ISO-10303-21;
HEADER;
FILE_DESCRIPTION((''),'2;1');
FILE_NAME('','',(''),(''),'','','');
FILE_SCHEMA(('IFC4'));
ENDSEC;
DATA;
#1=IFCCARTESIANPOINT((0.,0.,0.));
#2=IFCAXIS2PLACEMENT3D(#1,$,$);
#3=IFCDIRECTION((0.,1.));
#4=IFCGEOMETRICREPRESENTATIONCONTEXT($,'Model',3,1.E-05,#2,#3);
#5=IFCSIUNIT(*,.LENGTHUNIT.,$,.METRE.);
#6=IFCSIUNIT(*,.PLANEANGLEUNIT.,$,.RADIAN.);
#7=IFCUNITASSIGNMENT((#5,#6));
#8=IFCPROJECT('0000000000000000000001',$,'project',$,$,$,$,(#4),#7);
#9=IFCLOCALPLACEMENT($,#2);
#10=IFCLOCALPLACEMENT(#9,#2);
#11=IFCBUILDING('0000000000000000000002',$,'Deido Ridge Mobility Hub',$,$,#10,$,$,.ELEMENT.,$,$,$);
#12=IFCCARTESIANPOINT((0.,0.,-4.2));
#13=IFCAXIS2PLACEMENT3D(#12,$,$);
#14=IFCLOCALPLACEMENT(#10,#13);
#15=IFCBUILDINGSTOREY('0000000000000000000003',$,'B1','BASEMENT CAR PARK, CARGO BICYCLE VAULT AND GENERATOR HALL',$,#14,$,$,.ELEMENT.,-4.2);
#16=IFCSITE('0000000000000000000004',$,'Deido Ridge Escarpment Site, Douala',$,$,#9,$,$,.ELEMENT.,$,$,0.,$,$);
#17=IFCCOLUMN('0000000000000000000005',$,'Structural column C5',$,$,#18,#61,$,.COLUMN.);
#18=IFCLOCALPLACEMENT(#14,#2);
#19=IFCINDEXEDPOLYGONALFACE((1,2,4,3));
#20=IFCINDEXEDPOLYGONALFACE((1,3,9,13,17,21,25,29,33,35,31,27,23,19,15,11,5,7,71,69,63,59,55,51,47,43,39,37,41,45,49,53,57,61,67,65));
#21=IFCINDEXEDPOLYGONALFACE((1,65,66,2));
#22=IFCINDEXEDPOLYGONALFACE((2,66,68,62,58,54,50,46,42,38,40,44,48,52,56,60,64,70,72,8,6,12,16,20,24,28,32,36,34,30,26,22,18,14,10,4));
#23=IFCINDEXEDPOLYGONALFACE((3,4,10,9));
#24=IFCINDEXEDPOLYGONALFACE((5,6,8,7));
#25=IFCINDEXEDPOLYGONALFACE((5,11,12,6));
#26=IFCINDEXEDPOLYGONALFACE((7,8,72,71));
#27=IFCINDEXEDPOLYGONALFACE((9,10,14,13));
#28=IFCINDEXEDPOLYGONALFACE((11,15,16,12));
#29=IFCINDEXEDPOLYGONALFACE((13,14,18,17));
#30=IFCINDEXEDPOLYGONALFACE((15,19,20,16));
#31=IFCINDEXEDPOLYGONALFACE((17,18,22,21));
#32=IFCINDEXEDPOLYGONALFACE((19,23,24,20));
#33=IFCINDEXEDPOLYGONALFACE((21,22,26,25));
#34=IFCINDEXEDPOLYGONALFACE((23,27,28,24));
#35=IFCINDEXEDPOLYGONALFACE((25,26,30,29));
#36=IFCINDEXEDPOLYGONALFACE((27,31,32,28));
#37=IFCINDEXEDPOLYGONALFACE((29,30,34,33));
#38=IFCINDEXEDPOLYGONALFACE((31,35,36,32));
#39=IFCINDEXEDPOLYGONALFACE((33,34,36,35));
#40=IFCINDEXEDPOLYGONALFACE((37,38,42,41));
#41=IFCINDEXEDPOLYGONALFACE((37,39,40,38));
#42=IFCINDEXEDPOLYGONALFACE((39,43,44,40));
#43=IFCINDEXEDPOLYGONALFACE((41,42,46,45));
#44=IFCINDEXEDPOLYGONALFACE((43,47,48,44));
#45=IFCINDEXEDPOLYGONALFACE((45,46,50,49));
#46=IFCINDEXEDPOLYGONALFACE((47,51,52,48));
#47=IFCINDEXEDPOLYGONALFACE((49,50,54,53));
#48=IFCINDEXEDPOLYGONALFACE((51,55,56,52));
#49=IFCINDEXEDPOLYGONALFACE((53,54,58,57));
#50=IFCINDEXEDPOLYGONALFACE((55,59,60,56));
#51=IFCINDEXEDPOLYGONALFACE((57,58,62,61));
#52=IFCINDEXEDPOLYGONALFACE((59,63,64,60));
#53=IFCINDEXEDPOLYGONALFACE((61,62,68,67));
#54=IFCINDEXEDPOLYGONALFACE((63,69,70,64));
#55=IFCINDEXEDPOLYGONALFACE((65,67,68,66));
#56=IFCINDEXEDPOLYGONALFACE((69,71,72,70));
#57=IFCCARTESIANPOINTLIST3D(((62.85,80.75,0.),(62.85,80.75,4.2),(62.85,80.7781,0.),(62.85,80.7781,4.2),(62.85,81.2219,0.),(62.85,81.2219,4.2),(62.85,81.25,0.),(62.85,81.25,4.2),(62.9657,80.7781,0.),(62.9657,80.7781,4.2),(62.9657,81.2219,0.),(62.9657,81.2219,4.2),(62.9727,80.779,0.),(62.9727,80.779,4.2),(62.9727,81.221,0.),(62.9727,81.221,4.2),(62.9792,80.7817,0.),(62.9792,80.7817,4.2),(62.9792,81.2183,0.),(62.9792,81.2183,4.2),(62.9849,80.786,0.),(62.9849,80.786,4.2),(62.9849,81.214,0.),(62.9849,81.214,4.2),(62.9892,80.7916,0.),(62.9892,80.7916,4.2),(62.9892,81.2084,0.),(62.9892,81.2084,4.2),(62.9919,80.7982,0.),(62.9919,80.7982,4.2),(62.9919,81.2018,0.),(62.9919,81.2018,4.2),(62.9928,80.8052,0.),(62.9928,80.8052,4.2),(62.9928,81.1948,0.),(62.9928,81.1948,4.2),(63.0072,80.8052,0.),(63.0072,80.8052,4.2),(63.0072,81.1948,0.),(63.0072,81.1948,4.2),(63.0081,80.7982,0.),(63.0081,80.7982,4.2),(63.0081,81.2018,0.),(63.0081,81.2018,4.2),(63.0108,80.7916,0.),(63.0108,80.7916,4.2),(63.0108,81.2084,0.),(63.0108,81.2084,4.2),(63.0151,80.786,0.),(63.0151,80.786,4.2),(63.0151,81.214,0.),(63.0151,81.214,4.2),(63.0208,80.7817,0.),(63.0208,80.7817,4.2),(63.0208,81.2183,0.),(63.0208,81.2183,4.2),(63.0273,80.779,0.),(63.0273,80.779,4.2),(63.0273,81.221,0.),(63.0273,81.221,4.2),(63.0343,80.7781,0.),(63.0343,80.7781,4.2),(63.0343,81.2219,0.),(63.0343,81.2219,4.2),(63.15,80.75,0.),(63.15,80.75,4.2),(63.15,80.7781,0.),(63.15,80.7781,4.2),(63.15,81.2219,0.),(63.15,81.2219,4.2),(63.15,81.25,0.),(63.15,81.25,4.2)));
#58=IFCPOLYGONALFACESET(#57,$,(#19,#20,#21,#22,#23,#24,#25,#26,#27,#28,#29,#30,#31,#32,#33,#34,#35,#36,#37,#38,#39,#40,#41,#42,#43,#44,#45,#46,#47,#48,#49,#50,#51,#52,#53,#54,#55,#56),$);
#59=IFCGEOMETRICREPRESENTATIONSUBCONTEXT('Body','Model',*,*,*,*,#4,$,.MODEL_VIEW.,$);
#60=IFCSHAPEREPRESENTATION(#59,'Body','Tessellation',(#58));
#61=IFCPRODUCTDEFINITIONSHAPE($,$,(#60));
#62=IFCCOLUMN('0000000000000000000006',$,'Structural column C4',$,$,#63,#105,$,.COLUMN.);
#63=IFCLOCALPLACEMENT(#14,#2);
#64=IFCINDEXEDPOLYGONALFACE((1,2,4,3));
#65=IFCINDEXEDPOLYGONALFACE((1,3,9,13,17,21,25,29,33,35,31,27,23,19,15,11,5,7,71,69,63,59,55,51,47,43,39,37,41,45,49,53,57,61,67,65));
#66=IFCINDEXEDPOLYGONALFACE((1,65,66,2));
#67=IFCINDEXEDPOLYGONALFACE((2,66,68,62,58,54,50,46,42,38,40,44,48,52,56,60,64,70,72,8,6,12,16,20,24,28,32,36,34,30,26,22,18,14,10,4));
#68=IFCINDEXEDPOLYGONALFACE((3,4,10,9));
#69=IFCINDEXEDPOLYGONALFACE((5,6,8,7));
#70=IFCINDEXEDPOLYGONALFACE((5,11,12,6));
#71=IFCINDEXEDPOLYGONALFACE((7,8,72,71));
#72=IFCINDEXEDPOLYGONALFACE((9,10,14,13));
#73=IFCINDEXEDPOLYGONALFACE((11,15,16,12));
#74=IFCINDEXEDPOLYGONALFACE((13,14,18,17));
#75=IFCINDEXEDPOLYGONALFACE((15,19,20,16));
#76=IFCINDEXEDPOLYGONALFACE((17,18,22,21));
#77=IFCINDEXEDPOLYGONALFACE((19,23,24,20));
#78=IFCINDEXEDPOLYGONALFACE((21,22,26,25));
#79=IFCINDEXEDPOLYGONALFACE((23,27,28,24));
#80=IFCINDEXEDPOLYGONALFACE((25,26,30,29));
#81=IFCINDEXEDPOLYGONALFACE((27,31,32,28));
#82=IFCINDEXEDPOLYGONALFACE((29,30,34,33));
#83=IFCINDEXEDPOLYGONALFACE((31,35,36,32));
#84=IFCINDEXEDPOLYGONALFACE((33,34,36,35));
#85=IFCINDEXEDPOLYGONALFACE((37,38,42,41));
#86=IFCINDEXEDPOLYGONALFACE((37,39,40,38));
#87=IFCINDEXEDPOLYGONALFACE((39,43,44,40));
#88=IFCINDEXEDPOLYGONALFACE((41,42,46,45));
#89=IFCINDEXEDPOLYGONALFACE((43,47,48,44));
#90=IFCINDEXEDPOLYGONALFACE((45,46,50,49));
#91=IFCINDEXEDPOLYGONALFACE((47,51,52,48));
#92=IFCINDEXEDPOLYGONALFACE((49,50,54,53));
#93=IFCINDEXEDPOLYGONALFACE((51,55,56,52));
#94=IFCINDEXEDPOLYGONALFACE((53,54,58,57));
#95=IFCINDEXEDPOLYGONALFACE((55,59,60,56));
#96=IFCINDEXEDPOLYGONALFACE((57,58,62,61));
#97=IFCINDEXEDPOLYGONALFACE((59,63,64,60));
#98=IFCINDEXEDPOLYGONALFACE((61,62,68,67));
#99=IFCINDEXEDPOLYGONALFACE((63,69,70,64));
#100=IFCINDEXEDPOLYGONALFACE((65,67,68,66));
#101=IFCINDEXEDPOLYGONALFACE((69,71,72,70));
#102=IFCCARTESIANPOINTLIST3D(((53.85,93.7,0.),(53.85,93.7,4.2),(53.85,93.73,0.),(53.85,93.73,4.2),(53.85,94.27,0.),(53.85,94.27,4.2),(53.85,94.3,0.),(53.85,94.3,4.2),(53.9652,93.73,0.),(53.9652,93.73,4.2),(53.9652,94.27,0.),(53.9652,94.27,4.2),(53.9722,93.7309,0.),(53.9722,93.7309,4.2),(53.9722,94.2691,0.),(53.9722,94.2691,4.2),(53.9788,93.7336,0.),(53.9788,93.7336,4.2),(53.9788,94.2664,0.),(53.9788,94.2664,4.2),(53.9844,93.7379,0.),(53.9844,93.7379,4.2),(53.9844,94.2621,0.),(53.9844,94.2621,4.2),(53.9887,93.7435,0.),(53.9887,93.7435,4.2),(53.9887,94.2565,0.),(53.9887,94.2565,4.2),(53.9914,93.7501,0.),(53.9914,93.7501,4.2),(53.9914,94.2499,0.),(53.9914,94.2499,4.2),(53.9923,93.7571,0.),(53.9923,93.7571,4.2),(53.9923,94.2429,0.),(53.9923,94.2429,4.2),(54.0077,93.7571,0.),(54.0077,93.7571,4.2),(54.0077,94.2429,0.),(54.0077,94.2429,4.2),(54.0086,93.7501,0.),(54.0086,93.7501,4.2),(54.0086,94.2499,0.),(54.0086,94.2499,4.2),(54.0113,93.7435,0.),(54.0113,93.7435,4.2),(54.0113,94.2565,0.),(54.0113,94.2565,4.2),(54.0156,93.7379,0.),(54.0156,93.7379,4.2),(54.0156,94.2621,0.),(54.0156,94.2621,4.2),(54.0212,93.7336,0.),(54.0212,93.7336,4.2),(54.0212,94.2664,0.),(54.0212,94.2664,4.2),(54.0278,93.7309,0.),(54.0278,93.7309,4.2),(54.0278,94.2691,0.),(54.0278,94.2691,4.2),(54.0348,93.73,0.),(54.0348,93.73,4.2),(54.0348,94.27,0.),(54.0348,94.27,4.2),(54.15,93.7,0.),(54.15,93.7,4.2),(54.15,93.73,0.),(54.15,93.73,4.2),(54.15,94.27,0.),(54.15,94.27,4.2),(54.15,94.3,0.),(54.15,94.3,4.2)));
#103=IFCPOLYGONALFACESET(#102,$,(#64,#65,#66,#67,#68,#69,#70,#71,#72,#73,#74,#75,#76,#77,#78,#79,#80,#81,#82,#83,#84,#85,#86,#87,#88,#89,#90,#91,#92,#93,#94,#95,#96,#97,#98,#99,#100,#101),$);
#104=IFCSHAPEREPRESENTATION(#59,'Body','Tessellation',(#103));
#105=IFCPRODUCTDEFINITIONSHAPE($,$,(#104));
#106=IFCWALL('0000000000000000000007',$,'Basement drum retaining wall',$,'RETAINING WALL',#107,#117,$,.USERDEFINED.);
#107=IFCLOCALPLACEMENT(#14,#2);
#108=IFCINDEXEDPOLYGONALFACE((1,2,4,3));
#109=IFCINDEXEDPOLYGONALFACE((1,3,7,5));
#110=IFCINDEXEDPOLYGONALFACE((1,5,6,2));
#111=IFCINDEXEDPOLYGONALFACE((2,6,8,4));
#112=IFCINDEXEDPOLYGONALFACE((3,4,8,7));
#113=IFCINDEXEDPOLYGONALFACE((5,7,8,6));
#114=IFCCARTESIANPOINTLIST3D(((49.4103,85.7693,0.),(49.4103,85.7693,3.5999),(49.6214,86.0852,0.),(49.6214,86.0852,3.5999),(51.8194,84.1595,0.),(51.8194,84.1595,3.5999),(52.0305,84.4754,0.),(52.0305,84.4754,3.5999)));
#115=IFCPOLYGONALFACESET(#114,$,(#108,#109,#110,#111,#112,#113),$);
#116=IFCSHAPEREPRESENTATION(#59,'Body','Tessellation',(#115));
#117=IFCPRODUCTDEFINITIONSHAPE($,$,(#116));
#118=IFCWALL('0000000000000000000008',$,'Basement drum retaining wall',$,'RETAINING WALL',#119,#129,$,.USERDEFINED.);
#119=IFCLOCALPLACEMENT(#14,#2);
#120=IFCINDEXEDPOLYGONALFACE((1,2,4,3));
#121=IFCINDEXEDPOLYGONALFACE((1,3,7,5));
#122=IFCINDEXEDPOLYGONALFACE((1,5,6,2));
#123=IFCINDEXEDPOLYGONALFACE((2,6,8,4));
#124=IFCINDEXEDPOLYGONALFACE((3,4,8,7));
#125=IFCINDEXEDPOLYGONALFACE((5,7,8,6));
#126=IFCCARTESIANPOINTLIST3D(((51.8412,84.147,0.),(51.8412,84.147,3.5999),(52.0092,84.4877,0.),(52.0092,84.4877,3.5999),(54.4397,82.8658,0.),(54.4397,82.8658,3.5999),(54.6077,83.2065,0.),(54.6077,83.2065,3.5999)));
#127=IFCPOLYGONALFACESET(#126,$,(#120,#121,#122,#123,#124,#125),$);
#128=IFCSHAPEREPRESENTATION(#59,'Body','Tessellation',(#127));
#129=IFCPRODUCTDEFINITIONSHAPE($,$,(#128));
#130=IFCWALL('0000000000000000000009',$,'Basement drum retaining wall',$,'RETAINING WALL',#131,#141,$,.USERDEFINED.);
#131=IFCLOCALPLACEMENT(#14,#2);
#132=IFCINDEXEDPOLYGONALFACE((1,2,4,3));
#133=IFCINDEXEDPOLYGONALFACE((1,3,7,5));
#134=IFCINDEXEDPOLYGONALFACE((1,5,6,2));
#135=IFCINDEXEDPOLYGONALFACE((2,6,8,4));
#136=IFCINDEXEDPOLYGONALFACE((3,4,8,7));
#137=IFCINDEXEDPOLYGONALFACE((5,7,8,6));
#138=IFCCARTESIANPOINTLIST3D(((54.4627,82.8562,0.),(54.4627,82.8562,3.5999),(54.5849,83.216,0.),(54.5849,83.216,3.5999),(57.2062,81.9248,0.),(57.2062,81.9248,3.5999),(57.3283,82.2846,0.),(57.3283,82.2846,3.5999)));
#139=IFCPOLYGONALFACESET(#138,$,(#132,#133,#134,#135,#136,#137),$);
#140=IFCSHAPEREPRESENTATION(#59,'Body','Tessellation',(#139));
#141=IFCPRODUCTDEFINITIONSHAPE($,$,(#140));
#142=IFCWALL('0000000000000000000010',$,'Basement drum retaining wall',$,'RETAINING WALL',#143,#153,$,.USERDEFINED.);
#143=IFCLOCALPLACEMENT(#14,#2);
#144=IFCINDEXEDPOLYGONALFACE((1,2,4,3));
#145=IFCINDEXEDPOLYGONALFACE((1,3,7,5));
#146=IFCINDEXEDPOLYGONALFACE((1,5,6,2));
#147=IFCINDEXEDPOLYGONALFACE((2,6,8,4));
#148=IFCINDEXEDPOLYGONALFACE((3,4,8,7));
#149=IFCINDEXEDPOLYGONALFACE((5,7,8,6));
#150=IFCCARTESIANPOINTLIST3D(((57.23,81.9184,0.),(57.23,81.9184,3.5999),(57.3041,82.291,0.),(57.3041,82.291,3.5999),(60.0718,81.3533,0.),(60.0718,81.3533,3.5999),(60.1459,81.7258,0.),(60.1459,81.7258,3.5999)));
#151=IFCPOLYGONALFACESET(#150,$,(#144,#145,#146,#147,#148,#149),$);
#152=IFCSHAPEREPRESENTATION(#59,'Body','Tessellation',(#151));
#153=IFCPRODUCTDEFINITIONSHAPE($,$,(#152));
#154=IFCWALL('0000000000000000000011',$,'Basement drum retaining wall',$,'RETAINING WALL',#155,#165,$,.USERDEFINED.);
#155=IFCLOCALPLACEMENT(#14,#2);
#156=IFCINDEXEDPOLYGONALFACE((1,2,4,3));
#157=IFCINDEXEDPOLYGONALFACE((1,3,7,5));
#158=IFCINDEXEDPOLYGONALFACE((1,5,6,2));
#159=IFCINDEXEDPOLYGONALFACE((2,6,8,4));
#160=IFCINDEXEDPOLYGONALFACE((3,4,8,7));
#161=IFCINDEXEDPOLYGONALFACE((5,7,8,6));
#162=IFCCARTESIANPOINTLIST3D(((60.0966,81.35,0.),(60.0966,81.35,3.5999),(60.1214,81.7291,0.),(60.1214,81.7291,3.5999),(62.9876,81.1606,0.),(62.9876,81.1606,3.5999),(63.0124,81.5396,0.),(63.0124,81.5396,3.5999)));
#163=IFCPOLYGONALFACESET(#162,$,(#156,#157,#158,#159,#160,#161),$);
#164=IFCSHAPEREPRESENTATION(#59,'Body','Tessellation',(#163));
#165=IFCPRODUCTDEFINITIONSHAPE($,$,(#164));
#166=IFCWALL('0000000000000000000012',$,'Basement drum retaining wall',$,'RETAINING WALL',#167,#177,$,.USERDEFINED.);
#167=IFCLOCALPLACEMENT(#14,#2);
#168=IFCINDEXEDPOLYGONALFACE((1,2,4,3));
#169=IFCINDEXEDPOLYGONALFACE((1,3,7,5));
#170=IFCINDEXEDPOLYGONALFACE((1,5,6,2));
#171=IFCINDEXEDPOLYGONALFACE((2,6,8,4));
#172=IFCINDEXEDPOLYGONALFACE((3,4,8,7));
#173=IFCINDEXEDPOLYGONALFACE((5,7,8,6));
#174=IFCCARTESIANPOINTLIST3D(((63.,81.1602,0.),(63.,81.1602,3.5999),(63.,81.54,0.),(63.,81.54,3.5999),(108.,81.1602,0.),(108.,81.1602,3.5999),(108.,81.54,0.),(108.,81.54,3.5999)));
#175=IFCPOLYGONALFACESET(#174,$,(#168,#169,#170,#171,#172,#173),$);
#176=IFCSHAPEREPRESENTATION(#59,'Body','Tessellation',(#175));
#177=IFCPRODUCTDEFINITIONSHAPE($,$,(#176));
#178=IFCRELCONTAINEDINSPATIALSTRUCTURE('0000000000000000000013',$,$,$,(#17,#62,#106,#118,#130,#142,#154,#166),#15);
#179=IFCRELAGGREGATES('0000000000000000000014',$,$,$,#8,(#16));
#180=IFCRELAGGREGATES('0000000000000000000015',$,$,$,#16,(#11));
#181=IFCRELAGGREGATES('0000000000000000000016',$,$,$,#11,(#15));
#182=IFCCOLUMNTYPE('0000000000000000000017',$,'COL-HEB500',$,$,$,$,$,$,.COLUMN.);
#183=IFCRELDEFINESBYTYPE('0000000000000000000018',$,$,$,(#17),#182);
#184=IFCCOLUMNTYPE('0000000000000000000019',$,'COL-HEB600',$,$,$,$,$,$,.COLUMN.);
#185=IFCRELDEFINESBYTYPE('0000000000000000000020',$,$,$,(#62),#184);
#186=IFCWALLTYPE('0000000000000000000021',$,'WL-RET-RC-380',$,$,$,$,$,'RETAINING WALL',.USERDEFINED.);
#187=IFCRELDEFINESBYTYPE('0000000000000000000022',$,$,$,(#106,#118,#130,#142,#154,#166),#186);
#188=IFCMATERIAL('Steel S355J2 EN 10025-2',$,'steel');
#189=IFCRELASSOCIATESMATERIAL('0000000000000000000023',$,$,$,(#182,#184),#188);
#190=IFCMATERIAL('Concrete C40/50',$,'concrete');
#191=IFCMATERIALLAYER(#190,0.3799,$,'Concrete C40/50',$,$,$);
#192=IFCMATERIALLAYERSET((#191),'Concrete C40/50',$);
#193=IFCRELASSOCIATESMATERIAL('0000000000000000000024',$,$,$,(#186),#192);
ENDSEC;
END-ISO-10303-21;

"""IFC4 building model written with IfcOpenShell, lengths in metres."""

from ifc_helpers import new_model, si_unit, direction, frame, frame_2d, origin, origin_2d, place, context, subcontext, project, spatial, rectangle, i_section, extrude, material, layer, layer_set, material_profile, profile_set, type_object, element, save


model = new_model("IFC4")

# Units and contexts
model_context = context("Model", 3, precision=1e-05, world=origin(), true_north=direction((0.0, 1.0)))
body_context = subcontext(model_context, "Body", "Model", "MODEL_VIEW")
ifc_project = project(units=[si_unit("LENGTHUNIT", "METRE"), si_unit("PLANEANGLEUNIT", "RADIAN")], contexts=[model_context])

# Site, building, storey
site_placement = place(None, origin())
site = spatial("IfcSite", under=ifc_project, at=site_placement, Name="Deido Ridge Escarpment Site, Douala", CompositionType="ELEMENT", RefElevation=0.0)
building_placement = place(site_placement, origin())
building = spatial("IfcBuilding", under=site, at=building_placement, Name="Deido Ridge Mobility Hub", CompositionType="ELEMENT")
storey_placement = place(building_placement, frame((0.0, 0.0, -4.2)))
storey = spatial("IfcBuildingStorey", under=building, at=storey_placement, Name="B1", Description="BASEMENT CAR PARK, CARGO BICYCLE VAULT AND GENERATOR HALL", CompositionType="ELEMENT", Elevation=-4.2)

# Shared definitions
ifc_material_1 = material(Name="Concrete C40/50", Category="concrete")

# Columns
ifc_material_2 = material(Name="Steel S355J2 EN 10025-2", Category="steel")
ifc_material_profile_1 = material_profile(ifc_material_2, i_section(OverallWidth=0.3, OverallDepth=0.5, WebThickness=0.0144, FlangeThickness=0.0281, FilletRadius=0.0271, at=origin_2d()), Name="HEB 500")
ifc_profile_set_1 = profile_set([ifc_material_profile_1], Name="Steel S355J2 EN 10025-2")
column_type_1 = type_object("IfcColumnType", Name="COL-HEB500", PredefinedType="COLUMN", material=ifc_profile_set_1)
for number, where, z_axis, x_axis, name in (
    (1, (63.0, 81.0, 0.0), (0.0, 0.0, 1.0), (1.0, 0.0, 0.0), "Structural column C5"),
):
    element("IfcColumn", number, at=place(storey_placement, frame(where, z_axis=z_axis, x_axis=x_axis)), inside=storey, type_object=column_type_1, Name=name, PredefinedType="COLUMN", context=body_context, shape_type="SweptSolid", body=[
        extrude(i_section(OverallWidth=0.3, OverallDepth=0.5, WebThickness=0.0144, FlangeThickness=0.0281, FilletRadius=0.0271, at=origin_2d()), origin(), (0.0, 0.0, 1.0), 4.2),
    ])
ifc_material_profile_2 = material_profile(ifc_material_2, i_section(OverallWidth=0.3, OverallDepth=0.6001, WebThickness=0.0154, FlangeThickness=0.03, FilletRadius=0.0271, at=origin_2d()), Name="HEB 600")
ifc_profile_set_2 = profile_set([ifc_material_profile_2], Name="Steel S355J2 EN 10025-2")
column_type_2 = type_object("IfcColumnType", Name="COL-HEB600", PredefinedType="COLUMN", material=ifc_profile_set_2)
column_placement = place(storey_placement, frame((54.0, 94.0, 0.0), z_axis=(0.0, 0.0, 1.0), x_axis=(1.0, 0.0, 0.0)))
element("IfcColumn", 2, at=column_placement, inside=storey, type_object=column_type_2, Name="Structural column C4", PredefinedType="COLUMN", context=body_context, shape_type="SweptSolid", body=[
    extrude(i_section(OverallWidth=0.3, OverallDepth=0.6001, WebThickness=0.0154, FlangeThickness=0.03, FilletRadius=0.0271, at=origin_2d()), origin(), (0.0, 0.0, 1.0), 4.2),
])

# Walls
ifc_layer = layer(ifc_material_1, 0.3799, Name="Concrete C40/50")
ifc_layer_set = layer_set([ifc_layer], Name="Concrete C40/50")
wall_type = type_object("IfcWallType", Name="WL-RET-RC-380", ElementType="RETAINING WALL", PredefinedType="USERDEFINED", material=ifc_layer_set)
wall_1_placement = place(storey_placement, frame((49.5159, 85.9272, 0.0), z_axis=(0.0, 0.0, 1.0), x_axis=(0.831454, -0.555594, 0.0)))
element("IfcWall", 3, at=wall_1_placement, inside=storey, type_object=wall_type, Name="Basement drum retaining wall", ObjectType="RETAINING WALL", PredefinedType="USERDEFINED", context=body_context, shape_type="SweptSolid", body=[
    extrude(rectangle(XDim=2.8975, YDim=0.3799, at=frame_2d((1.4487, 0.0))), origin(), (0.0, 0.0, 1.0), 3.5999),
])
for number, where, z_axis, x_axis, name in (
    (4, (51.925, 84.3174, 0.0), (0.0, 0.0, 1.0), (0.896907, -0.442218, 0.0), "Basement drum retaining wall"),
    (5, (54.5237, 83.0361, 0.0), (0.0, 0.0, 1.0), (0.946916, -0.321481, 0.0), "Basement drum retaining wall"),
):
    element("IfcWall", number, at=place(storey_placement, frame(where, z_axis=z_axis, x_axis=x_axis)), inside=storey, type_object=wall_type, Name=name, ObjectType="RETAINING WALL", PredefinedType="USERDEFINED", context=body_context, shape_type="SweptSolid", body=[
        extrude(rectangle(XDim=2.8972, YDim=0.3799, at=frame_2d((1.4487, 0.0))), origin(), (0.0, 0.0, 1.0), 3.5999),
    ])
wall_2_placement = place(storey_placement, frame((57.2671, 82.1047, 0.0), z_axis=(0.0, 0.0, 1.0), x_axis=(0.980791, -0.195063, 0.0)))
element("IfcWall", 6, at=wall_2_placement, inside=storey, type_object=wall_type, Name="Basement drum retaining wall", ObjectType="RETAINING WALL", PredefinedType="USERDEFINED", context=body_context, shape_type="SweptSolid", body=[
    extrude(rectangle(XDim=2.8975, YDim=0.3799, at=frame_2d((1.4487, 0.0))), origin(), (0.0, 0.0, 1.0), 3.5999),
])
wall_3_placement = place(storey_placement, frame((60.1089, 81.5396, 0.0), z_axis=(0.0, 0.0, 1.0), x_axis=(0.99786, -0.065389, 0.0)))
element("IfcWall", 7, at=wall_3_placement, inside=storey, type_object=wall_type, Name="Basement drum retaining wall", ObjectType="RETAINING WALL", PredefinedType="USERDEFINED", context=body_context, shape_type="SweptSolid", body=[
    extrude(rectangle(XDim=2.8972, YDim=0.3799, at=frame_2d((1.4487, 0.0))), origin(), (0.0, 0.0, 1.0), 3.5999),
])
wall_4_placement = place(storey_placement, frame((63.0, 81.3501, 0.0), z_axis=(0.0, 0.0, 1.0), x_axis=(1.0, 0.0, 0.0)))
element("IfcWall", 8, at=wall_4_placement, inside=storey, type_object=wall_type, Name="Basement drum retaining wall", ObjectType="RETAINING WALL", PredefinedType="USERDEFINED", context=body_context, shape_type="SweptSolid", body=[
    extrude(rectangle(XDim=45.0, YDim=0.3799, at=frame_2d((22.5, 0.0))), origin(), (0.0, 0.0, 1.0), 3.5999),
])

save(model, "model.ifc")
